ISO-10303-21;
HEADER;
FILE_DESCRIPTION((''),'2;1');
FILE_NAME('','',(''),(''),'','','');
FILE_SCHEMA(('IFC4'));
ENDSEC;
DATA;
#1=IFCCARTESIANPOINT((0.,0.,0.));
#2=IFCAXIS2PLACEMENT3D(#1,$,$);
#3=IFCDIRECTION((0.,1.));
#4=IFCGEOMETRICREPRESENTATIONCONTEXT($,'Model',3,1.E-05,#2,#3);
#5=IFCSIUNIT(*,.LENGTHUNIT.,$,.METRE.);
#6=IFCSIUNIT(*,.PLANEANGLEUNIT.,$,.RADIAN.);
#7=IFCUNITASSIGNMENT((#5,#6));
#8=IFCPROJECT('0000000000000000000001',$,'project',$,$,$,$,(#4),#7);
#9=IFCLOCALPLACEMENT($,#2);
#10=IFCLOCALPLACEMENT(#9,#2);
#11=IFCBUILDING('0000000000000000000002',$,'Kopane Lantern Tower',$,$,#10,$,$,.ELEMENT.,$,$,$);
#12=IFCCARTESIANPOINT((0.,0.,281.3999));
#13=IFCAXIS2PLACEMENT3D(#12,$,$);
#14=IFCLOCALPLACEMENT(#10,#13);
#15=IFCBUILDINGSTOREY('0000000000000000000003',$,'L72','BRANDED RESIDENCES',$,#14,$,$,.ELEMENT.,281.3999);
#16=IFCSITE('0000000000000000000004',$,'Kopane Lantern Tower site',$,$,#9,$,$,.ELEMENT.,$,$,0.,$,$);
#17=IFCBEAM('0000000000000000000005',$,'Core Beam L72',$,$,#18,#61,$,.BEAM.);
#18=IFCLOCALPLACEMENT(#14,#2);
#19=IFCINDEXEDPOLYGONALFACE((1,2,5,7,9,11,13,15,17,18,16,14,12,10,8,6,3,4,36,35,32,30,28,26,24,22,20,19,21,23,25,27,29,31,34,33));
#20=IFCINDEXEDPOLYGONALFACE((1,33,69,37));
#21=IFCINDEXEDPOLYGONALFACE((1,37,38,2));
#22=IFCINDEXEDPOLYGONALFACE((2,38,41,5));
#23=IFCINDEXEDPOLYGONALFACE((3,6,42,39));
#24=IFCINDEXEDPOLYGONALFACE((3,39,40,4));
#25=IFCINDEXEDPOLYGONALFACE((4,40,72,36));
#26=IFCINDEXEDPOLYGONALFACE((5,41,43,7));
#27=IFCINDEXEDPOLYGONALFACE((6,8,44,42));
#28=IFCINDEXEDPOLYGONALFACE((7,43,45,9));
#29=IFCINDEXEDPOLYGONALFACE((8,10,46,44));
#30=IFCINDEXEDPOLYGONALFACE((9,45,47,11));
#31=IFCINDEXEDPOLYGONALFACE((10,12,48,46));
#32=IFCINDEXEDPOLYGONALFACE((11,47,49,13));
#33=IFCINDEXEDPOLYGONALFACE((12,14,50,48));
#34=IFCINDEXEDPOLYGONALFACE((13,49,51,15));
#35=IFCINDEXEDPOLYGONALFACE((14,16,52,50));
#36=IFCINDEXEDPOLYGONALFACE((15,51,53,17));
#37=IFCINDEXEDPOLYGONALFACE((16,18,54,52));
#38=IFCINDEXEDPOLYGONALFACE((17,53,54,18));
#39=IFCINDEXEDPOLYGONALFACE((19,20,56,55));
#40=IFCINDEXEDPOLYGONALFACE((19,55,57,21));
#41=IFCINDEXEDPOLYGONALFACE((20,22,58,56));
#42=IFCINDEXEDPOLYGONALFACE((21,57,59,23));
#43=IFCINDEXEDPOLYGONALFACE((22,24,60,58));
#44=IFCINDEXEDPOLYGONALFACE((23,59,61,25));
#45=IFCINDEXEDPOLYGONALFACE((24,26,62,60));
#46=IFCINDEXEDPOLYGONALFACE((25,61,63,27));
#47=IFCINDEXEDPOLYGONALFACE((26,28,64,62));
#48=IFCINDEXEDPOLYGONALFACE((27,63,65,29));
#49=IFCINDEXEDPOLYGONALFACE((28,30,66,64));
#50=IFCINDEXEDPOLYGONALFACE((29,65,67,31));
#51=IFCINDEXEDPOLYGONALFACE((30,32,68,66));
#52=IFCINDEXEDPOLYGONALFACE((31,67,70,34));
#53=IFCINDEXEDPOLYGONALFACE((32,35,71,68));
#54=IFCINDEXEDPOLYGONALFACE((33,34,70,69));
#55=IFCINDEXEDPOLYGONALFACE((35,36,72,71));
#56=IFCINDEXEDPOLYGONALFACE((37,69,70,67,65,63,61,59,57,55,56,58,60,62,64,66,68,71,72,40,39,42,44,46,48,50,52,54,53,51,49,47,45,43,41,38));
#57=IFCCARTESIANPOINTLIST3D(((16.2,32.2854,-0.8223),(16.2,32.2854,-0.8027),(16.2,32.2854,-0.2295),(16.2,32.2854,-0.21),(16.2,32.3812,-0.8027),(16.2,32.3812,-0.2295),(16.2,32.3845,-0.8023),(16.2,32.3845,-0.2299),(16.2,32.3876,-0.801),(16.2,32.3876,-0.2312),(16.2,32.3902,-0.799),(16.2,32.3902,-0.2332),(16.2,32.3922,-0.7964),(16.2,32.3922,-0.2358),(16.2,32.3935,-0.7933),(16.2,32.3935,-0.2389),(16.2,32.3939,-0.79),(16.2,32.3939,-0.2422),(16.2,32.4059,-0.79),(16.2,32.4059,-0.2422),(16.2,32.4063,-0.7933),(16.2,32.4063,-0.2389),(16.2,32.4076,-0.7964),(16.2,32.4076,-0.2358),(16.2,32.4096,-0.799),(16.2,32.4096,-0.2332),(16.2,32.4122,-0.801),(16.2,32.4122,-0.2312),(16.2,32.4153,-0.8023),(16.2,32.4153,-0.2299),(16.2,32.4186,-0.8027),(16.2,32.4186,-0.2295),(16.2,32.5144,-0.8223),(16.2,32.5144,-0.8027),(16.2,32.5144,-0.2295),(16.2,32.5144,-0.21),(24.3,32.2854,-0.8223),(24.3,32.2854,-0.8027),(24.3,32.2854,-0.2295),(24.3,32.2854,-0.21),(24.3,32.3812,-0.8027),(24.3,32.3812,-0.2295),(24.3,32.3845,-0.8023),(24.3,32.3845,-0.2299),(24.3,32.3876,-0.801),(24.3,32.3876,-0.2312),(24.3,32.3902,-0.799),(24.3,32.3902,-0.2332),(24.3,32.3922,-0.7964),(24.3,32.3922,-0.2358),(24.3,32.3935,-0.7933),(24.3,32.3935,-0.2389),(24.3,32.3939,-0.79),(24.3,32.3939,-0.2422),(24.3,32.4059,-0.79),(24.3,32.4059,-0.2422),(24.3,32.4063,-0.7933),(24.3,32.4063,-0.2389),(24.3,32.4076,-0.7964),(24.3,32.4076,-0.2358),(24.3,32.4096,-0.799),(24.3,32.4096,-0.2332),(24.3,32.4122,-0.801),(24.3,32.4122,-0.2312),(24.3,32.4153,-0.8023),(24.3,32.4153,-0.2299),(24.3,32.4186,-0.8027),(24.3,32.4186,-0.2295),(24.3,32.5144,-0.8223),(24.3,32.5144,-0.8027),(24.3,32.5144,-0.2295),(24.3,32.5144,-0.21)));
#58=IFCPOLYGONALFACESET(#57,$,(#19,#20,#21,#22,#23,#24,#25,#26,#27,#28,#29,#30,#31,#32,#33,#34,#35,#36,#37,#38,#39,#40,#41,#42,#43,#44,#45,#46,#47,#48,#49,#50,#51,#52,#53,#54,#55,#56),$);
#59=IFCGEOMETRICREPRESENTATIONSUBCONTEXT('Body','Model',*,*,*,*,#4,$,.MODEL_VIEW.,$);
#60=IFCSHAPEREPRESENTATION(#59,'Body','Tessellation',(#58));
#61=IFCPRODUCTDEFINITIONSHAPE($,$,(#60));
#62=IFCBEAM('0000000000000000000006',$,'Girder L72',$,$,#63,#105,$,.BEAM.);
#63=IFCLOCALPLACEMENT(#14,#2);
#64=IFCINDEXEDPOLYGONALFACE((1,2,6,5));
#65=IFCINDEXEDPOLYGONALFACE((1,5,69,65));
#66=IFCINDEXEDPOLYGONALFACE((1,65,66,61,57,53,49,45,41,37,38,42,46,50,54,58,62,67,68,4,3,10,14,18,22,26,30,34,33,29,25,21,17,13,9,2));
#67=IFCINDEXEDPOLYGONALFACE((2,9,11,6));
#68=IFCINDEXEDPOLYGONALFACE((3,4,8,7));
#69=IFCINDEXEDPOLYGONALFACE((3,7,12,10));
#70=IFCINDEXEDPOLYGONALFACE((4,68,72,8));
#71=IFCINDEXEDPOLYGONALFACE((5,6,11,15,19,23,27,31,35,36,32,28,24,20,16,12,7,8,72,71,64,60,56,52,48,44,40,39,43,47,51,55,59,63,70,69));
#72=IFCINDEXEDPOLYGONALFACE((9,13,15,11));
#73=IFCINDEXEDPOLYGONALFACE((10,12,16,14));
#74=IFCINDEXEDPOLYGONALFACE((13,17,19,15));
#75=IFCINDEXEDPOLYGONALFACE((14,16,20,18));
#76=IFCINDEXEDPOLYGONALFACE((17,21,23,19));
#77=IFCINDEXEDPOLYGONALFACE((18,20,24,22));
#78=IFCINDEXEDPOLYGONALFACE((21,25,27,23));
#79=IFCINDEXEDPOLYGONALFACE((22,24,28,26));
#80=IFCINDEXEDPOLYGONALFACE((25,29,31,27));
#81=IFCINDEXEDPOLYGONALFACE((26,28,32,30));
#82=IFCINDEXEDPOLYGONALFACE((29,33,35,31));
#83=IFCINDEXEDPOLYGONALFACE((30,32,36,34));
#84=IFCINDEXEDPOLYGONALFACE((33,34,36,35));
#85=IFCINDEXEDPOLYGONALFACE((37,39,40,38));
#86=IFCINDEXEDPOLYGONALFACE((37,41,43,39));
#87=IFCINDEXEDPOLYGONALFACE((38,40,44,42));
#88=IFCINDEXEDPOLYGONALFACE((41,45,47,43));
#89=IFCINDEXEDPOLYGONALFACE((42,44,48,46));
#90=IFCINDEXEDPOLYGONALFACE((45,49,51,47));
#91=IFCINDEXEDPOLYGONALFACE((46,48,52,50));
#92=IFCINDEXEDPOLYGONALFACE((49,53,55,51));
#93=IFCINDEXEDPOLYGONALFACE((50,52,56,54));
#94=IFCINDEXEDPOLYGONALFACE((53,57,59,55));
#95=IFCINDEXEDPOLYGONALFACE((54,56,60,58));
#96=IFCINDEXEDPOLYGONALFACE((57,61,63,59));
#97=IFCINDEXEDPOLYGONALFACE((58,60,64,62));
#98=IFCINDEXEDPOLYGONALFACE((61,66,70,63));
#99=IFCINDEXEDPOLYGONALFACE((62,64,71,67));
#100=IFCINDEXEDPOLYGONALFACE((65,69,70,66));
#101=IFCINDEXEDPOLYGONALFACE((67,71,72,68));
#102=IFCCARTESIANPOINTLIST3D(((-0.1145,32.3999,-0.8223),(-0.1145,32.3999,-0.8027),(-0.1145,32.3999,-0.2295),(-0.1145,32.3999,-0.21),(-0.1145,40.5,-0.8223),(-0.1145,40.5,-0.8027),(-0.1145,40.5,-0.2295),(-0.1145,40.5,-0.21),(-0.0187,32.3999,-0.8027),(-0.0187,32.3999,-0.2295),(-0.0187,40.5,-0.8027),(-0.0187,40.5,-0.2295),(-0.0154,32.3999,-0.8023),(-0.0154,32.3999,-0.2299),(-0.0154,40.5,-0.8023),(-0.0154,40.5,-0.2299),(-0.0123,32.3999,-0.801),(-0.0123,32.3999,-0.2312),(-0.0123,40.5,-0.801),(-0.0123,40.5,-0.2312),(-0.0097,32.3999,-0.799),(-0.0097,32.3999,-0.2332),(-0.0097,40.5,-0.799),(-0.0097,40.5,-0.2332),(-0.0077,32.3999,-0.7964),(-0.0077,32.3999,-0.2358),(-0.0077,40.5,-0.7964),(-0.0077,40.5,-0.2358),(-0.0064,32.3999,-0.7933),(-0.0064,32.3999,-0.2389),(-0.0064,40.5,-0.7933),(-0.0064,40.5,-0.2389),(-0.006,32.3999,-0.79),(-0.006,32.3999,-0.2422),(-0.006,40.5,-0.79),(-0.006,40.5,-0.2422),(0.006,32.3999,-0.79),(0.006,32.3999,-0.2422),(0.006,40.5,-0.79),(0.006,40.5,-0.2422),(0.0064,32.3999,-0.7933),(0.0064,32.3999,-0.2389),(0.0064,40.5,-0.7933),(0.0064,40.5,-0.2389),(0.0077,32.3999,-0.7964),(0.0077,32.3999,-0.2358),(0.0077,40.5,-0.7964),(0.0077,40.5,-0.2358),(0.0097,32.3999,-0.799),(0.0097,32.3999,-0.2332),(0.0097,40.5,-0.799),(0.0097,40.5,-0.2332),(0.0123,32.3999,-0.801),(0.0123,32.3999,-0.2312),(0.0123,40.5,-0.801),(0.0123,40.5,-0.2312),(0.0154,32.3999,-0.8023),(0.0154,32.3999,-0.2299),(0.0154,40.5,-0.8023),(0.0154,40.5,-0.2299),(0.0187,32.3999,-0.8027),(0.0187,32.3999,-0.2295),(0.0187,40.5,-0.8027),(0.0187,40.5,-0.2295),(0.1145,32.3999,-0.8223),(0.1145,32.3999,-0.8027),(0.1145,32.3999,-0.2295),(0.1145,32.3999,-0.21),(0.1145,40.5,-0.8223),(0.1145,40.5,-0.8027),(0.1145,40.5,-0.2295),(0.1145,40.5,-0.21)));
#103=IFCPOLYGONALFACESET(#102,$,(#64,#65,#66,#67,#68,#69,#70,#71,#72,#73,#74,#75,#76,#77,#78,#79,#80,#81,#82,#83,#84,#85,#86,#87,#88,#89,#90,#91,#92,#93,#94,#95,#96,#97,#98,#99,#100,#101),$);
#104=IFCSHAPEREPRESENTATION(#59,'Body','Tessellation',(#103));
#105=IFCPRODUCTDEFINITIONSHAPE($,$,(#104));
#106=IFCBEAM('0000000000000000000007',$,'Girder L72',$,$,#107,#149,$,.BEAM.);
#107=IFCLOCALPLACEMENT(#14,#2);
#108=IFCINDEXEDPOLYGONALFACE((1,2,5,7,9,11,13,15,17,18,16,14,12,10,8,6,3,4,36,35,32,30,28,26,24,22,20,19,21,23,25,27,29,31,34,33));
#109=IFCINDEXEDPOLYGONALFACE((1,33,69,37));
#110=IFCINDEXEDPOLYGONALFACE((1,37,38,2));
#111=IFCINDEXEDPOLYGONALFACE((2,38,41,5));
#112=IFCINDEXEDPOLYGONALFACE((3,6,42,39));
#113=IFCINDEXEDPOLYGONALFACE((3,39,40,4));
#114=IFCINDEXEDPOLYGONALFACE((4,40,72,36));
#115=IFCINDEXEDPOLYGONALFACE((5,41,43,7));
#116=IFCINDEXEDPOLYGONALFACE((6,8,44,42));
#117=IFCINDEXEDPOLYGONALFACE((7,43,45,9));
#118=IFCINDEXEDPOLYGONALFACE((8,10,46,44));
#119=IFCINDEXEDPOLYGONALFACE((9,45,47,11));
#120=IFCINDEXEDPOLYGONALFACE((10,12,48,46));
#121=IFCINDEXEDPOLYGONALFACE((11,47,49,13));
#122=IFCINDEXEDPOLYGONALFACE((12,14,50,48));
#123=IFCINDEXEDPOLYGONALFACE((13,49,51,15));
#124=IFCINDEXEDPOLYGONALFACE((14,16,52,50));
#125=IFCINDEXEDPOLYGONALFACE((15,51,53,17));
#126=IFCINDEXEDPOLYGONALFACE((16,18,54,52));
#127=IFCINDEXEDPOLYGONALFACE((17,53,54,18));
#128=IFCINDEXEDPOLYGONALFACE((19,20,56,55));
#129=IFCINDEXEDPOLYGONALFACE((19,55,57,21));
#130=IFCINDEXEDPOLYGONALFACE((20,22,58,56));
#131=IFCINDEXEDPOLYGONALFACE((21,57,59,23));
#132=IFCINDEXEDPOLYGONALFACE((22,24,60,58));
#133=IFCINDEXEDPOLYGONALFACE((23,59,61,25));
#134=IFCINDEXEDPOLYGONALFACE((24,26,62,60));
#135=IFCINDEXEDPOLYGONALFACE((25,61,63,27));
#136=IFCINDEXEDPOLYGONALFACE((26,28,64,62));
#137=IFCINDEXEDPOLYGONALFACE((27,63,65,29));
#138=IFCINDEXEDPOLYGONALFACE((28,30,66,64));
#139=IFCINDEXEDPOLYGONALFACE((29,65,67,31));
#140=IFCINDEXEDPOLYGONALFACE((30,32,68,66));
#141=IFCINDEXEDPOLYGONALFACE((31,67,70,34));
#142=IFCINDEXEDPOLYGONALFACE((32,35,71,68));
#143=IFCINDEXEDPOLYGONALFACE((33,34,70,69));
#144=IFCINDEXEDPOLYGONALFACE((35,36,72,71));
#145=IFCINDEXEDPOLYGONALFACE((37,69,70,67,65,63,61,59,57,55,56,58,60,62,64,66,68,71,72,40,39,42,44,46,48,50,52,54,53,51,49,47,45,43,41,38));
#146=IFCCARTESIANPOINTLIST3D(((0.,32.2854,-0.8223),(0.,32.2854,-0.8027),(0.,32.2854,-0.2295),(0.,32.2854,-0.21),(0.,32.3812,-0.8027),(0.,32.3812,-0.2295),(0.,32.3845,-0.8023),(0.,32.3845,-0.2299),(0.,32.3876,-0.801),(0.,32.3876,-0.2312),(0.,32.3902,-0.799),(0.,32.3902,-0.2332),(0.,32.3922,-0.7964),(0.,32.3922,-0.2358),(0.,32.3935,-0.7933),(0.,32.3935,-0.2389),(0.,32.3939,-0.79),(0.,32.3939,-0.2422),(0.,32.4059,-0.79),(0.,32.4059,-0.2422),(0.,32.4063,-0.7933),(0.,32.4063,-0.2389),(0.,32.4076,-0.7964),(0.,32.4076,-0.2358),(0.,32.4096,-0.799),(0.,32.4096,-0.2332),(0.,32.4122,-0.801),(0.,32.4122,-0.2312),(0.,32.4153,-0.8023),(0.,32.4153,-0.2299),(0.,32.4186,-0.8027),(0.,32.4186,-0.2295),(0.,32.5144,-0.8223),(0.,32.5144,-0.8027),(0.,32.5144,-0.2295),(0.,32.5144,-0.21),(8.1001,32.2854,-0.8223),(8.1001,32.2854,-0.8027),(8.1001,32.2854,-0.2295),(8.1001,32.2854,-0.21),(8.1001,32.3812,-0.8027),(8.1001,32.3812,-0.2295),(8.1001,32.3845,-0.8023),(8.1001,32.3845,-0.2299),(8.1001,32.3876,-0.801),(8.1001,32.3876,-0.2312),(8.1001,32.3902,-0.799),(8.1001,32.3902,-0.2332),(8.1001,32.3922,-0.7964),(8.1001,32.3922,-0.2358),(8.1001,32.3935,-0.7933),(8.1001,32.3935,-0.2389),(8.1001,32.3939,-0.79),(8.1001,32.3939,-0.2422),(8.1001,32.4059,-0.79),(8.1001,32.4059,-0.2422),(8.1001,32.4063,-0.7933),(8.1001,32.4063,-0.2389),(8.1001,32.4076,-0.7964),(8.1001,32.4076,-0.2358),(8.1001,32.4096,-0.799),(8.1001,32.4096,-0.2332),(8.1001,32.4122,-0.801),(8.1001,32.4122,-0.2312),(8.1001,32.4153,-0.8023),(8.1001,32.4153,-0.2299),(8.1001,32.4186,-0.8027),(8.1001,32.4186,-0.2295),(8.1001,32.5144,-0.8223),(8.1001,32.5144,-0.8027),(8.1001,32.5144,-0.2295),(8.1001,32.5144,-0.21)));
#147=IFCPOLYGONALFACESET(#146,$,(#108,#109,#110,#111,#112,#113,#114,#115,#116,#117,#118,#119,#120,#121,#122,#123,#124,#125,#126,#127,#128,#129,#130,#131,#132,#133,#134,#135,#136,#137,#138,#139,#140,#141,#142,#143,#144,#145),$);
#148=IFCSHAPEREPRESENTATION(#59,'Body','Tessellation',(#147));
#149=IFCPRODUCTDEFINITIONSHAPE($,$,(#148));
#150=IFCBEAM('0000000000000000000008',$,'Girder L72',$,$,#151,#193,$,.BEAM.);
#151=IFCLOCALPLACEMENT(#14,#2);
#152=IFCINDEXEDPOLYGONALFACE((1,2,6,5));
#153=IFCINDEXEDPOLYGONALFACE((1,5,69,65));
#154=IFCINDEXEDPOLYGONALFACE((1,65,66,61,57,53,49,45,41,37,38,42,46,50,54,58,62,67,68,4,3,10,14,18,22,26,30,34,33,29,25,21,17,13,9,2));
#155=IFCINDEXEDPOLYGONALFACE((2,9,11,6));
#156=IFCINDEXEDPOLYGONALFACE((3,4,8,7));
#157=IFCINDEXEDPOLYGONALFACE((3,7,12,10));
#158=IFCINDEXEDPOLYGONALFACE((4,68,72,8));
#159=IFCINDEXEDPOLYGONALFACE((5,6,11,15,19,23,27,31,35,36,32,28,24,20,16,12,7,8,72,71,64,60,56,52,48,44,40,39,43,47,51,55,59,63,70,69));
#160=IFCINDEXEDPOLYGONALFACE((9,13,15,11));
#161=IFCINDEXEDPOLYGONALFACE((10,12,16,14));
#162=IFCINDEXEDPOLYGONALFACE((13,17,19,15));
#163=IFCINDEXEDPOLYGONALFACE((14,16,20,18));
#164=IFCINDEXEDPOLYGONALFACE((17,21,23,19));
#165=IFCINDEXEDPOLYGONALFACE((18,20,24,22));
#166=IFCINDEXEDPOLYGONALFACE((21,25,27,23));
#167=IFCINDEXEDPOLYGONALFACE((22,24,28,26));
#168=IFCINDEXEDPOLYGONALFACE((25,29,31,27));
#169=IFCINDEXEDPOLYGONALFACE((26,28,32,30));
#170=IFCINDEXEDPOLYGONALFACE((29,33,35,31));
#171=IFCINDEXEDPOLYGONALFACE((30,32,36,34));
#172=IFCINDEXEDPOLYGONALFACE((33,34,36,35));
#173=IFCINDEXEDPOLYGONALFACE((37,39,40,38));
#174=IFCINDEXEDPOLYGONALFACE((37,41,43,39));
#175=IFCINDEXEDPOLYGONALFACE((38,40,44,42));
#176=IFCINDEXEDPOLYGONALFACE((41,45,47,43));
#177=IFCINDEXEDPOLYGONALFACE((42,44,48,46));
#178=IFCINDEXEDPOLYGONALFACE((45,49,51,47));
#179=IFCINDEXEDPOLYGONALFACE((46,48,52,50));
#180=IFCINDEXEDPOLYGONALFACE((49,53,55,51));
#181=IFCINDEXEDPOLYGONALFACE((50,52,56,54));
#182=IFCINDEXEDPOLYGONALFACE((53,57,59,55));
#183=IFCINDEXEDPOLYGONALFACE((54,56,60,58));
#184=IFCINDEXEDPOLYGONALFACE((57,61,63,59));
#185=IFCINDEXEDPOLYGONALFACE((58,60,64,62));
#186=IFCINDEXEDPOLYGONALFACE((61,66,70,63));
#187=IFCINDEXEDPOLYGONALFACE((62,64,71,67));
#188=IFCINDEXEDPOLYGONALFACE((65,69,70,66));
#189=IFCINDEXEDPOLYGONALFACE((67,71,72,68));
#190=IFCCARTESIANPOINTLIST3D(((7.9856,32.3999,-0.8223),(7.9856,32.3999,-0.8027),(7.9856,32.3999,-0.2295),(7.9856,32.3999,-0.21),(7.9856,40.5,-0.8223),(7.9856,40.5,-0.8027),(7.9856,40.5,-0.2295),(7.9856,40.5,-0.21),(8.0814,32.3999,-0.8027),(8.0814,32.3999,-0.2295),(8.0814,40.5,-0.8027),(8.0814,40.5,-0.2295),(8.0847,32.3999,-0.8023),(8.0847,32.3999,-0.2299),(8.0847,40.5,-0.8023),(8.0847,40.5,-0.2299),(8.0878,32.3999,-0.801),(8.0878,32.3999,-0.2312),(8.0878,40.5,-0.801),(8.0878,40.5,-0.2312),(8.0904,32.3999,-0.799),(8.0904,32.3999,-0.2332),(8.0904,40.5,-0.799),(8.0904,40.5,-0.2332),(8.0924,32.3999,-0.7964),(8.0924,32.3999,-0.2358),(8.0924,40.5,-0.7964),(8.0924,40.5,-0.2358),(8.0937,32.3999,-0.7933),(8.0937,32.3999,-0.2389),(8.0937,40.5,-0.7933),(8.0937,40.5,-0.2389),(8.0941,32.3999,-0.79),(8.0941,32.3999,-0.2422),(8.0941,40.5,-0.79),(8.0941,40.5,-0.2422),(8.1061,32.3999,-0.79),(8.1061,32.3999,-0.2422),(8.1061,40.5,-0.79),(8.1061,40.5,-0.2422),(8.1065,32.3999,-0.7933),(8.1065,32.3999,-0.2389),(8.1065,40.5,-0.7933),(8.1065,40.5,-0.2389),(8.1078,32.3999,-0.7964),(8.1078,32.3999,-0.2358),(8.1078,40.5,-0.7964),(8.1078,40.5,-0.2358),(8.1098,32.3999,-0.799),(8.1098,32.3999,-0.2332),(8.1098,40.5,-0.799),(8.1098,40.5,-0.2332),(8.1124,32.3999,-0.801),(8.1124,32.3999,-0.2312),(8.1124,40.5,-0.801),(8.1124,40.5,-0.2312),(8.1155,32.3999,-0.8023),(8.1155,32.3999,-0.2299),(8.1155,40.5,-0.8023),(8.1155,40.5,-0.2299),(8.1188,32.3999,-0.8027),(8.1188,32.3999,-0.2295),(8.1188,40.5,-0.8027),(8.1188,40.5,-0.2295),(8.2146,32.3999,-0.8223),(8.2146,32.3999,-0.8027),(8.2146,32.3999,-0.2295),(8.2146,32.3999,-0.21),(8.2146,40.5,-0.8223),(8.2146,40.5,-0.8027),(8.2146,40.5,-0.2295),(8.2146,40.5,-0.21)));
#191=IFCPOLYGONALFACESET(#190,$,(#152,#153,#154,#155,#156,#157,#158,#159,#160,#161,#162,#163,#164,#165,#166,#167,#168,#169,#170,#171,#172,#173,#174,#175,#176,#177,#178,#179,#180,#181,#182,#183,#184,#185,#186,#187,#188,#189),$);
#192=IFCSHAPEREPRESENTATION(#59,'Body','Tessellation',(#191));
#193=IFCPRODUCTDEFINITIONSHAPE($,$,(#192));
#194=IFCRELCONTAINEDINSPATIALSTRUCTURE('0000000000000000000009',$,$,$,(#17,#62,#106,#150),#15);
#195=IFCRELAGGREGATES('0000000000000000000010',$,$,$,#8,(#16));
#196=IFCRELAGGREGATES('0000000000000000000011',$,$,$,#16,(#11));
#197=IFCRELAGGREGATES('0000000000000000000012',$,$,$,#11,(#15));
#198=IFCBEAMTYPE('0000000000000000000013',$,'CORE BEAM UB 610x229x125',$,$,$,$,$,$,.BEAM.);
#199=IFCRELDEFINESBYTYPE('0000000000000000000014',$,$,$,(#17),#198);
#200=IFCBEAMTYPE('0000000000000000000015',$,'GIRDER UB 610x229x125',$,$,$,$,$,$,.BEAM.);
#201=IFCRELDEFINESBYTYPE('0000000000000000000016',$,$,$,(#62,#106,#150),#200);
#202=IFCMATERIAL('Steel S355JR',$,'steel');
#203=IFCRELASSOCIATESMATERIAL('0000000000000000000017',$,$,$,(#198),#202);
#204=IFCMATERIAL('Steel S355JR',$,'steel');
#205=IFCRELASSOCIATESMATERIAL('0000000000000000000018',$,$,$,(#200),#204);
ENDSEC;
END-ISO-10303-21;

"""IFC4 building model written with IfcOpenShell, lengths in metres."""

from ifc_helpers import new_model, si_unit, direction, frame, origin, origin_2d, place, context, subcontext, project, spatial, i_section, extrude, material, material_profile, profile_set, type_object, element, save


model = new_model("IFC4")

# Units and contexts
model_context = context("Model", 3, precision=1e-05, world=origin(), true_north=direction((0.0, 1.0)))
body_context = subcontext(model_context, "Body", "Model", "MODEL_VIEW")
ifc_project = project(units=[si_unit("LENGTHUNIT", "METRE"), si_unit("PLANEANGLEUNIT", "RADIAN")], contexts=[model_context])

# Site, building, storey
site_placement = place(None, origin())
site = spatial("IfcSite", under=ifc_project, at=site_placement, Name="Kopane Lantern Tower site", CompositionType="ELEMENT", RefElevation=0.0)
building_placement = place(site_placement, origin())
building = spatial("IfcBuilding", under=site, at=building_placement, Name="Kopane Lantern Tower", CompositionType="ELEMENT")
storey_placement = place(building_placement, frame((0.0, 0.0, 281.3999)))
storey = spatial("IfcBuildingStorey", under=building, at=storey_placement, Name="L72", Description="BRANDED RESIDENCES", CompositionType="ELEMENT", Elevation=281.3999)

# Beams
ifc_material_1 = material(Name="Steel S355JR", Category="steel")
ifc_material_profile_1 = material_profile(ifc_material_1, i_section(OverallWidth=0.229, OverallDepth=0.6123, WebThickness=0.012, FlangeThickness=0.0195, FilletRadius=0.0127, at=origin_2d()), Name="UB 610x229x125")
ifc_profile_set_1 = profile_set([ifc_material_profile_1], Name="Steel S355JR")
beam_type_1 = type_object("IfcBeamType", Name="CORE BEAM UB 610x229x125", PredefinedType="BEAM", material=ifc_profile_set_1)
beam_1_placement = place(storey_placement, frame((16.2, 32.3999, -0.5161), z_axis=(1.0, 0.0, 0.0), x_axis=(0.0, 1.0, 0.0)))
element("IfcBeam", 1, at=beam_1_placement, inside=storey, type_object=beam_type_1, Name="Core Beam L72", PredefinedType="BEAM", context=body_context, shape_type="SweptSolid", body=[
    extrude(i_section(OverallWidth=0.229, OverallDepth=0.6123, WebThickness=0.012, FlangeThickness=0.0195, FilletRadius=0.0127, at=origin_2d()), origin(), (0.0, 0.0, 1.0), 8.1001),
])
ifc_material_2 = material(Name="Steel S355JR", Category="steel")
ifc_material_profile_2 = material_profile(ifc_material_2, i_section(OverallWidth=0.229, OverallDepth=0.6123, WebThickness=0.012, FlangeThickness=0.0195, FilletRadius=0.0127, at=origin_2d()), Name="UB 610x229x125")
ifc_profile_set_2 = profile_set([ifc_material_profile_2], Name="Steel S355JR")
beam_type_2 = type_object("IfcBeamType", Name="GIRDER UB 610x229x125", PredefinedType="BEAM", material=ifc_profile_set_2)
for number, where, z_axis, x_axis, name in (
    (2, (0.0, 32.3999, -0.5161), (0.0, 1.0, 0.0), (-1.0, 0.0, 0.0), "Girder L72"),
    (3, (0.0, 32.3999, -0.5161), (1.0, 0.0, 0.0), (0.0, 1.0, 0.0), "Girder L72"),
    (4, (8.1001, 32.3999, -0.5161), (0.0, 1.0, 0.0), (-1.0, 0.0, 0.0), "Girder L72"),
):
    element("IfcBeam", number, at=place(storey_placement, frame(where, z_axis=z_axis, x_axis=x_axis)), inside=storey, type_object=beam_type_2, Name=name, PredefinedType="BEAM", context=body_context, shape_type="SweptSolid", body=[
        extrude(i_section(OverallWidth=0.229, OverallDepth=0.6123, WebThickness=0.012, FlangeThickness=0.0195, FilletRadius=0.0127, at=origin_2d()), origin(), (0.0, 0.0, 1.0), 8.1001),
    ])

save(model, "model.ifc")
